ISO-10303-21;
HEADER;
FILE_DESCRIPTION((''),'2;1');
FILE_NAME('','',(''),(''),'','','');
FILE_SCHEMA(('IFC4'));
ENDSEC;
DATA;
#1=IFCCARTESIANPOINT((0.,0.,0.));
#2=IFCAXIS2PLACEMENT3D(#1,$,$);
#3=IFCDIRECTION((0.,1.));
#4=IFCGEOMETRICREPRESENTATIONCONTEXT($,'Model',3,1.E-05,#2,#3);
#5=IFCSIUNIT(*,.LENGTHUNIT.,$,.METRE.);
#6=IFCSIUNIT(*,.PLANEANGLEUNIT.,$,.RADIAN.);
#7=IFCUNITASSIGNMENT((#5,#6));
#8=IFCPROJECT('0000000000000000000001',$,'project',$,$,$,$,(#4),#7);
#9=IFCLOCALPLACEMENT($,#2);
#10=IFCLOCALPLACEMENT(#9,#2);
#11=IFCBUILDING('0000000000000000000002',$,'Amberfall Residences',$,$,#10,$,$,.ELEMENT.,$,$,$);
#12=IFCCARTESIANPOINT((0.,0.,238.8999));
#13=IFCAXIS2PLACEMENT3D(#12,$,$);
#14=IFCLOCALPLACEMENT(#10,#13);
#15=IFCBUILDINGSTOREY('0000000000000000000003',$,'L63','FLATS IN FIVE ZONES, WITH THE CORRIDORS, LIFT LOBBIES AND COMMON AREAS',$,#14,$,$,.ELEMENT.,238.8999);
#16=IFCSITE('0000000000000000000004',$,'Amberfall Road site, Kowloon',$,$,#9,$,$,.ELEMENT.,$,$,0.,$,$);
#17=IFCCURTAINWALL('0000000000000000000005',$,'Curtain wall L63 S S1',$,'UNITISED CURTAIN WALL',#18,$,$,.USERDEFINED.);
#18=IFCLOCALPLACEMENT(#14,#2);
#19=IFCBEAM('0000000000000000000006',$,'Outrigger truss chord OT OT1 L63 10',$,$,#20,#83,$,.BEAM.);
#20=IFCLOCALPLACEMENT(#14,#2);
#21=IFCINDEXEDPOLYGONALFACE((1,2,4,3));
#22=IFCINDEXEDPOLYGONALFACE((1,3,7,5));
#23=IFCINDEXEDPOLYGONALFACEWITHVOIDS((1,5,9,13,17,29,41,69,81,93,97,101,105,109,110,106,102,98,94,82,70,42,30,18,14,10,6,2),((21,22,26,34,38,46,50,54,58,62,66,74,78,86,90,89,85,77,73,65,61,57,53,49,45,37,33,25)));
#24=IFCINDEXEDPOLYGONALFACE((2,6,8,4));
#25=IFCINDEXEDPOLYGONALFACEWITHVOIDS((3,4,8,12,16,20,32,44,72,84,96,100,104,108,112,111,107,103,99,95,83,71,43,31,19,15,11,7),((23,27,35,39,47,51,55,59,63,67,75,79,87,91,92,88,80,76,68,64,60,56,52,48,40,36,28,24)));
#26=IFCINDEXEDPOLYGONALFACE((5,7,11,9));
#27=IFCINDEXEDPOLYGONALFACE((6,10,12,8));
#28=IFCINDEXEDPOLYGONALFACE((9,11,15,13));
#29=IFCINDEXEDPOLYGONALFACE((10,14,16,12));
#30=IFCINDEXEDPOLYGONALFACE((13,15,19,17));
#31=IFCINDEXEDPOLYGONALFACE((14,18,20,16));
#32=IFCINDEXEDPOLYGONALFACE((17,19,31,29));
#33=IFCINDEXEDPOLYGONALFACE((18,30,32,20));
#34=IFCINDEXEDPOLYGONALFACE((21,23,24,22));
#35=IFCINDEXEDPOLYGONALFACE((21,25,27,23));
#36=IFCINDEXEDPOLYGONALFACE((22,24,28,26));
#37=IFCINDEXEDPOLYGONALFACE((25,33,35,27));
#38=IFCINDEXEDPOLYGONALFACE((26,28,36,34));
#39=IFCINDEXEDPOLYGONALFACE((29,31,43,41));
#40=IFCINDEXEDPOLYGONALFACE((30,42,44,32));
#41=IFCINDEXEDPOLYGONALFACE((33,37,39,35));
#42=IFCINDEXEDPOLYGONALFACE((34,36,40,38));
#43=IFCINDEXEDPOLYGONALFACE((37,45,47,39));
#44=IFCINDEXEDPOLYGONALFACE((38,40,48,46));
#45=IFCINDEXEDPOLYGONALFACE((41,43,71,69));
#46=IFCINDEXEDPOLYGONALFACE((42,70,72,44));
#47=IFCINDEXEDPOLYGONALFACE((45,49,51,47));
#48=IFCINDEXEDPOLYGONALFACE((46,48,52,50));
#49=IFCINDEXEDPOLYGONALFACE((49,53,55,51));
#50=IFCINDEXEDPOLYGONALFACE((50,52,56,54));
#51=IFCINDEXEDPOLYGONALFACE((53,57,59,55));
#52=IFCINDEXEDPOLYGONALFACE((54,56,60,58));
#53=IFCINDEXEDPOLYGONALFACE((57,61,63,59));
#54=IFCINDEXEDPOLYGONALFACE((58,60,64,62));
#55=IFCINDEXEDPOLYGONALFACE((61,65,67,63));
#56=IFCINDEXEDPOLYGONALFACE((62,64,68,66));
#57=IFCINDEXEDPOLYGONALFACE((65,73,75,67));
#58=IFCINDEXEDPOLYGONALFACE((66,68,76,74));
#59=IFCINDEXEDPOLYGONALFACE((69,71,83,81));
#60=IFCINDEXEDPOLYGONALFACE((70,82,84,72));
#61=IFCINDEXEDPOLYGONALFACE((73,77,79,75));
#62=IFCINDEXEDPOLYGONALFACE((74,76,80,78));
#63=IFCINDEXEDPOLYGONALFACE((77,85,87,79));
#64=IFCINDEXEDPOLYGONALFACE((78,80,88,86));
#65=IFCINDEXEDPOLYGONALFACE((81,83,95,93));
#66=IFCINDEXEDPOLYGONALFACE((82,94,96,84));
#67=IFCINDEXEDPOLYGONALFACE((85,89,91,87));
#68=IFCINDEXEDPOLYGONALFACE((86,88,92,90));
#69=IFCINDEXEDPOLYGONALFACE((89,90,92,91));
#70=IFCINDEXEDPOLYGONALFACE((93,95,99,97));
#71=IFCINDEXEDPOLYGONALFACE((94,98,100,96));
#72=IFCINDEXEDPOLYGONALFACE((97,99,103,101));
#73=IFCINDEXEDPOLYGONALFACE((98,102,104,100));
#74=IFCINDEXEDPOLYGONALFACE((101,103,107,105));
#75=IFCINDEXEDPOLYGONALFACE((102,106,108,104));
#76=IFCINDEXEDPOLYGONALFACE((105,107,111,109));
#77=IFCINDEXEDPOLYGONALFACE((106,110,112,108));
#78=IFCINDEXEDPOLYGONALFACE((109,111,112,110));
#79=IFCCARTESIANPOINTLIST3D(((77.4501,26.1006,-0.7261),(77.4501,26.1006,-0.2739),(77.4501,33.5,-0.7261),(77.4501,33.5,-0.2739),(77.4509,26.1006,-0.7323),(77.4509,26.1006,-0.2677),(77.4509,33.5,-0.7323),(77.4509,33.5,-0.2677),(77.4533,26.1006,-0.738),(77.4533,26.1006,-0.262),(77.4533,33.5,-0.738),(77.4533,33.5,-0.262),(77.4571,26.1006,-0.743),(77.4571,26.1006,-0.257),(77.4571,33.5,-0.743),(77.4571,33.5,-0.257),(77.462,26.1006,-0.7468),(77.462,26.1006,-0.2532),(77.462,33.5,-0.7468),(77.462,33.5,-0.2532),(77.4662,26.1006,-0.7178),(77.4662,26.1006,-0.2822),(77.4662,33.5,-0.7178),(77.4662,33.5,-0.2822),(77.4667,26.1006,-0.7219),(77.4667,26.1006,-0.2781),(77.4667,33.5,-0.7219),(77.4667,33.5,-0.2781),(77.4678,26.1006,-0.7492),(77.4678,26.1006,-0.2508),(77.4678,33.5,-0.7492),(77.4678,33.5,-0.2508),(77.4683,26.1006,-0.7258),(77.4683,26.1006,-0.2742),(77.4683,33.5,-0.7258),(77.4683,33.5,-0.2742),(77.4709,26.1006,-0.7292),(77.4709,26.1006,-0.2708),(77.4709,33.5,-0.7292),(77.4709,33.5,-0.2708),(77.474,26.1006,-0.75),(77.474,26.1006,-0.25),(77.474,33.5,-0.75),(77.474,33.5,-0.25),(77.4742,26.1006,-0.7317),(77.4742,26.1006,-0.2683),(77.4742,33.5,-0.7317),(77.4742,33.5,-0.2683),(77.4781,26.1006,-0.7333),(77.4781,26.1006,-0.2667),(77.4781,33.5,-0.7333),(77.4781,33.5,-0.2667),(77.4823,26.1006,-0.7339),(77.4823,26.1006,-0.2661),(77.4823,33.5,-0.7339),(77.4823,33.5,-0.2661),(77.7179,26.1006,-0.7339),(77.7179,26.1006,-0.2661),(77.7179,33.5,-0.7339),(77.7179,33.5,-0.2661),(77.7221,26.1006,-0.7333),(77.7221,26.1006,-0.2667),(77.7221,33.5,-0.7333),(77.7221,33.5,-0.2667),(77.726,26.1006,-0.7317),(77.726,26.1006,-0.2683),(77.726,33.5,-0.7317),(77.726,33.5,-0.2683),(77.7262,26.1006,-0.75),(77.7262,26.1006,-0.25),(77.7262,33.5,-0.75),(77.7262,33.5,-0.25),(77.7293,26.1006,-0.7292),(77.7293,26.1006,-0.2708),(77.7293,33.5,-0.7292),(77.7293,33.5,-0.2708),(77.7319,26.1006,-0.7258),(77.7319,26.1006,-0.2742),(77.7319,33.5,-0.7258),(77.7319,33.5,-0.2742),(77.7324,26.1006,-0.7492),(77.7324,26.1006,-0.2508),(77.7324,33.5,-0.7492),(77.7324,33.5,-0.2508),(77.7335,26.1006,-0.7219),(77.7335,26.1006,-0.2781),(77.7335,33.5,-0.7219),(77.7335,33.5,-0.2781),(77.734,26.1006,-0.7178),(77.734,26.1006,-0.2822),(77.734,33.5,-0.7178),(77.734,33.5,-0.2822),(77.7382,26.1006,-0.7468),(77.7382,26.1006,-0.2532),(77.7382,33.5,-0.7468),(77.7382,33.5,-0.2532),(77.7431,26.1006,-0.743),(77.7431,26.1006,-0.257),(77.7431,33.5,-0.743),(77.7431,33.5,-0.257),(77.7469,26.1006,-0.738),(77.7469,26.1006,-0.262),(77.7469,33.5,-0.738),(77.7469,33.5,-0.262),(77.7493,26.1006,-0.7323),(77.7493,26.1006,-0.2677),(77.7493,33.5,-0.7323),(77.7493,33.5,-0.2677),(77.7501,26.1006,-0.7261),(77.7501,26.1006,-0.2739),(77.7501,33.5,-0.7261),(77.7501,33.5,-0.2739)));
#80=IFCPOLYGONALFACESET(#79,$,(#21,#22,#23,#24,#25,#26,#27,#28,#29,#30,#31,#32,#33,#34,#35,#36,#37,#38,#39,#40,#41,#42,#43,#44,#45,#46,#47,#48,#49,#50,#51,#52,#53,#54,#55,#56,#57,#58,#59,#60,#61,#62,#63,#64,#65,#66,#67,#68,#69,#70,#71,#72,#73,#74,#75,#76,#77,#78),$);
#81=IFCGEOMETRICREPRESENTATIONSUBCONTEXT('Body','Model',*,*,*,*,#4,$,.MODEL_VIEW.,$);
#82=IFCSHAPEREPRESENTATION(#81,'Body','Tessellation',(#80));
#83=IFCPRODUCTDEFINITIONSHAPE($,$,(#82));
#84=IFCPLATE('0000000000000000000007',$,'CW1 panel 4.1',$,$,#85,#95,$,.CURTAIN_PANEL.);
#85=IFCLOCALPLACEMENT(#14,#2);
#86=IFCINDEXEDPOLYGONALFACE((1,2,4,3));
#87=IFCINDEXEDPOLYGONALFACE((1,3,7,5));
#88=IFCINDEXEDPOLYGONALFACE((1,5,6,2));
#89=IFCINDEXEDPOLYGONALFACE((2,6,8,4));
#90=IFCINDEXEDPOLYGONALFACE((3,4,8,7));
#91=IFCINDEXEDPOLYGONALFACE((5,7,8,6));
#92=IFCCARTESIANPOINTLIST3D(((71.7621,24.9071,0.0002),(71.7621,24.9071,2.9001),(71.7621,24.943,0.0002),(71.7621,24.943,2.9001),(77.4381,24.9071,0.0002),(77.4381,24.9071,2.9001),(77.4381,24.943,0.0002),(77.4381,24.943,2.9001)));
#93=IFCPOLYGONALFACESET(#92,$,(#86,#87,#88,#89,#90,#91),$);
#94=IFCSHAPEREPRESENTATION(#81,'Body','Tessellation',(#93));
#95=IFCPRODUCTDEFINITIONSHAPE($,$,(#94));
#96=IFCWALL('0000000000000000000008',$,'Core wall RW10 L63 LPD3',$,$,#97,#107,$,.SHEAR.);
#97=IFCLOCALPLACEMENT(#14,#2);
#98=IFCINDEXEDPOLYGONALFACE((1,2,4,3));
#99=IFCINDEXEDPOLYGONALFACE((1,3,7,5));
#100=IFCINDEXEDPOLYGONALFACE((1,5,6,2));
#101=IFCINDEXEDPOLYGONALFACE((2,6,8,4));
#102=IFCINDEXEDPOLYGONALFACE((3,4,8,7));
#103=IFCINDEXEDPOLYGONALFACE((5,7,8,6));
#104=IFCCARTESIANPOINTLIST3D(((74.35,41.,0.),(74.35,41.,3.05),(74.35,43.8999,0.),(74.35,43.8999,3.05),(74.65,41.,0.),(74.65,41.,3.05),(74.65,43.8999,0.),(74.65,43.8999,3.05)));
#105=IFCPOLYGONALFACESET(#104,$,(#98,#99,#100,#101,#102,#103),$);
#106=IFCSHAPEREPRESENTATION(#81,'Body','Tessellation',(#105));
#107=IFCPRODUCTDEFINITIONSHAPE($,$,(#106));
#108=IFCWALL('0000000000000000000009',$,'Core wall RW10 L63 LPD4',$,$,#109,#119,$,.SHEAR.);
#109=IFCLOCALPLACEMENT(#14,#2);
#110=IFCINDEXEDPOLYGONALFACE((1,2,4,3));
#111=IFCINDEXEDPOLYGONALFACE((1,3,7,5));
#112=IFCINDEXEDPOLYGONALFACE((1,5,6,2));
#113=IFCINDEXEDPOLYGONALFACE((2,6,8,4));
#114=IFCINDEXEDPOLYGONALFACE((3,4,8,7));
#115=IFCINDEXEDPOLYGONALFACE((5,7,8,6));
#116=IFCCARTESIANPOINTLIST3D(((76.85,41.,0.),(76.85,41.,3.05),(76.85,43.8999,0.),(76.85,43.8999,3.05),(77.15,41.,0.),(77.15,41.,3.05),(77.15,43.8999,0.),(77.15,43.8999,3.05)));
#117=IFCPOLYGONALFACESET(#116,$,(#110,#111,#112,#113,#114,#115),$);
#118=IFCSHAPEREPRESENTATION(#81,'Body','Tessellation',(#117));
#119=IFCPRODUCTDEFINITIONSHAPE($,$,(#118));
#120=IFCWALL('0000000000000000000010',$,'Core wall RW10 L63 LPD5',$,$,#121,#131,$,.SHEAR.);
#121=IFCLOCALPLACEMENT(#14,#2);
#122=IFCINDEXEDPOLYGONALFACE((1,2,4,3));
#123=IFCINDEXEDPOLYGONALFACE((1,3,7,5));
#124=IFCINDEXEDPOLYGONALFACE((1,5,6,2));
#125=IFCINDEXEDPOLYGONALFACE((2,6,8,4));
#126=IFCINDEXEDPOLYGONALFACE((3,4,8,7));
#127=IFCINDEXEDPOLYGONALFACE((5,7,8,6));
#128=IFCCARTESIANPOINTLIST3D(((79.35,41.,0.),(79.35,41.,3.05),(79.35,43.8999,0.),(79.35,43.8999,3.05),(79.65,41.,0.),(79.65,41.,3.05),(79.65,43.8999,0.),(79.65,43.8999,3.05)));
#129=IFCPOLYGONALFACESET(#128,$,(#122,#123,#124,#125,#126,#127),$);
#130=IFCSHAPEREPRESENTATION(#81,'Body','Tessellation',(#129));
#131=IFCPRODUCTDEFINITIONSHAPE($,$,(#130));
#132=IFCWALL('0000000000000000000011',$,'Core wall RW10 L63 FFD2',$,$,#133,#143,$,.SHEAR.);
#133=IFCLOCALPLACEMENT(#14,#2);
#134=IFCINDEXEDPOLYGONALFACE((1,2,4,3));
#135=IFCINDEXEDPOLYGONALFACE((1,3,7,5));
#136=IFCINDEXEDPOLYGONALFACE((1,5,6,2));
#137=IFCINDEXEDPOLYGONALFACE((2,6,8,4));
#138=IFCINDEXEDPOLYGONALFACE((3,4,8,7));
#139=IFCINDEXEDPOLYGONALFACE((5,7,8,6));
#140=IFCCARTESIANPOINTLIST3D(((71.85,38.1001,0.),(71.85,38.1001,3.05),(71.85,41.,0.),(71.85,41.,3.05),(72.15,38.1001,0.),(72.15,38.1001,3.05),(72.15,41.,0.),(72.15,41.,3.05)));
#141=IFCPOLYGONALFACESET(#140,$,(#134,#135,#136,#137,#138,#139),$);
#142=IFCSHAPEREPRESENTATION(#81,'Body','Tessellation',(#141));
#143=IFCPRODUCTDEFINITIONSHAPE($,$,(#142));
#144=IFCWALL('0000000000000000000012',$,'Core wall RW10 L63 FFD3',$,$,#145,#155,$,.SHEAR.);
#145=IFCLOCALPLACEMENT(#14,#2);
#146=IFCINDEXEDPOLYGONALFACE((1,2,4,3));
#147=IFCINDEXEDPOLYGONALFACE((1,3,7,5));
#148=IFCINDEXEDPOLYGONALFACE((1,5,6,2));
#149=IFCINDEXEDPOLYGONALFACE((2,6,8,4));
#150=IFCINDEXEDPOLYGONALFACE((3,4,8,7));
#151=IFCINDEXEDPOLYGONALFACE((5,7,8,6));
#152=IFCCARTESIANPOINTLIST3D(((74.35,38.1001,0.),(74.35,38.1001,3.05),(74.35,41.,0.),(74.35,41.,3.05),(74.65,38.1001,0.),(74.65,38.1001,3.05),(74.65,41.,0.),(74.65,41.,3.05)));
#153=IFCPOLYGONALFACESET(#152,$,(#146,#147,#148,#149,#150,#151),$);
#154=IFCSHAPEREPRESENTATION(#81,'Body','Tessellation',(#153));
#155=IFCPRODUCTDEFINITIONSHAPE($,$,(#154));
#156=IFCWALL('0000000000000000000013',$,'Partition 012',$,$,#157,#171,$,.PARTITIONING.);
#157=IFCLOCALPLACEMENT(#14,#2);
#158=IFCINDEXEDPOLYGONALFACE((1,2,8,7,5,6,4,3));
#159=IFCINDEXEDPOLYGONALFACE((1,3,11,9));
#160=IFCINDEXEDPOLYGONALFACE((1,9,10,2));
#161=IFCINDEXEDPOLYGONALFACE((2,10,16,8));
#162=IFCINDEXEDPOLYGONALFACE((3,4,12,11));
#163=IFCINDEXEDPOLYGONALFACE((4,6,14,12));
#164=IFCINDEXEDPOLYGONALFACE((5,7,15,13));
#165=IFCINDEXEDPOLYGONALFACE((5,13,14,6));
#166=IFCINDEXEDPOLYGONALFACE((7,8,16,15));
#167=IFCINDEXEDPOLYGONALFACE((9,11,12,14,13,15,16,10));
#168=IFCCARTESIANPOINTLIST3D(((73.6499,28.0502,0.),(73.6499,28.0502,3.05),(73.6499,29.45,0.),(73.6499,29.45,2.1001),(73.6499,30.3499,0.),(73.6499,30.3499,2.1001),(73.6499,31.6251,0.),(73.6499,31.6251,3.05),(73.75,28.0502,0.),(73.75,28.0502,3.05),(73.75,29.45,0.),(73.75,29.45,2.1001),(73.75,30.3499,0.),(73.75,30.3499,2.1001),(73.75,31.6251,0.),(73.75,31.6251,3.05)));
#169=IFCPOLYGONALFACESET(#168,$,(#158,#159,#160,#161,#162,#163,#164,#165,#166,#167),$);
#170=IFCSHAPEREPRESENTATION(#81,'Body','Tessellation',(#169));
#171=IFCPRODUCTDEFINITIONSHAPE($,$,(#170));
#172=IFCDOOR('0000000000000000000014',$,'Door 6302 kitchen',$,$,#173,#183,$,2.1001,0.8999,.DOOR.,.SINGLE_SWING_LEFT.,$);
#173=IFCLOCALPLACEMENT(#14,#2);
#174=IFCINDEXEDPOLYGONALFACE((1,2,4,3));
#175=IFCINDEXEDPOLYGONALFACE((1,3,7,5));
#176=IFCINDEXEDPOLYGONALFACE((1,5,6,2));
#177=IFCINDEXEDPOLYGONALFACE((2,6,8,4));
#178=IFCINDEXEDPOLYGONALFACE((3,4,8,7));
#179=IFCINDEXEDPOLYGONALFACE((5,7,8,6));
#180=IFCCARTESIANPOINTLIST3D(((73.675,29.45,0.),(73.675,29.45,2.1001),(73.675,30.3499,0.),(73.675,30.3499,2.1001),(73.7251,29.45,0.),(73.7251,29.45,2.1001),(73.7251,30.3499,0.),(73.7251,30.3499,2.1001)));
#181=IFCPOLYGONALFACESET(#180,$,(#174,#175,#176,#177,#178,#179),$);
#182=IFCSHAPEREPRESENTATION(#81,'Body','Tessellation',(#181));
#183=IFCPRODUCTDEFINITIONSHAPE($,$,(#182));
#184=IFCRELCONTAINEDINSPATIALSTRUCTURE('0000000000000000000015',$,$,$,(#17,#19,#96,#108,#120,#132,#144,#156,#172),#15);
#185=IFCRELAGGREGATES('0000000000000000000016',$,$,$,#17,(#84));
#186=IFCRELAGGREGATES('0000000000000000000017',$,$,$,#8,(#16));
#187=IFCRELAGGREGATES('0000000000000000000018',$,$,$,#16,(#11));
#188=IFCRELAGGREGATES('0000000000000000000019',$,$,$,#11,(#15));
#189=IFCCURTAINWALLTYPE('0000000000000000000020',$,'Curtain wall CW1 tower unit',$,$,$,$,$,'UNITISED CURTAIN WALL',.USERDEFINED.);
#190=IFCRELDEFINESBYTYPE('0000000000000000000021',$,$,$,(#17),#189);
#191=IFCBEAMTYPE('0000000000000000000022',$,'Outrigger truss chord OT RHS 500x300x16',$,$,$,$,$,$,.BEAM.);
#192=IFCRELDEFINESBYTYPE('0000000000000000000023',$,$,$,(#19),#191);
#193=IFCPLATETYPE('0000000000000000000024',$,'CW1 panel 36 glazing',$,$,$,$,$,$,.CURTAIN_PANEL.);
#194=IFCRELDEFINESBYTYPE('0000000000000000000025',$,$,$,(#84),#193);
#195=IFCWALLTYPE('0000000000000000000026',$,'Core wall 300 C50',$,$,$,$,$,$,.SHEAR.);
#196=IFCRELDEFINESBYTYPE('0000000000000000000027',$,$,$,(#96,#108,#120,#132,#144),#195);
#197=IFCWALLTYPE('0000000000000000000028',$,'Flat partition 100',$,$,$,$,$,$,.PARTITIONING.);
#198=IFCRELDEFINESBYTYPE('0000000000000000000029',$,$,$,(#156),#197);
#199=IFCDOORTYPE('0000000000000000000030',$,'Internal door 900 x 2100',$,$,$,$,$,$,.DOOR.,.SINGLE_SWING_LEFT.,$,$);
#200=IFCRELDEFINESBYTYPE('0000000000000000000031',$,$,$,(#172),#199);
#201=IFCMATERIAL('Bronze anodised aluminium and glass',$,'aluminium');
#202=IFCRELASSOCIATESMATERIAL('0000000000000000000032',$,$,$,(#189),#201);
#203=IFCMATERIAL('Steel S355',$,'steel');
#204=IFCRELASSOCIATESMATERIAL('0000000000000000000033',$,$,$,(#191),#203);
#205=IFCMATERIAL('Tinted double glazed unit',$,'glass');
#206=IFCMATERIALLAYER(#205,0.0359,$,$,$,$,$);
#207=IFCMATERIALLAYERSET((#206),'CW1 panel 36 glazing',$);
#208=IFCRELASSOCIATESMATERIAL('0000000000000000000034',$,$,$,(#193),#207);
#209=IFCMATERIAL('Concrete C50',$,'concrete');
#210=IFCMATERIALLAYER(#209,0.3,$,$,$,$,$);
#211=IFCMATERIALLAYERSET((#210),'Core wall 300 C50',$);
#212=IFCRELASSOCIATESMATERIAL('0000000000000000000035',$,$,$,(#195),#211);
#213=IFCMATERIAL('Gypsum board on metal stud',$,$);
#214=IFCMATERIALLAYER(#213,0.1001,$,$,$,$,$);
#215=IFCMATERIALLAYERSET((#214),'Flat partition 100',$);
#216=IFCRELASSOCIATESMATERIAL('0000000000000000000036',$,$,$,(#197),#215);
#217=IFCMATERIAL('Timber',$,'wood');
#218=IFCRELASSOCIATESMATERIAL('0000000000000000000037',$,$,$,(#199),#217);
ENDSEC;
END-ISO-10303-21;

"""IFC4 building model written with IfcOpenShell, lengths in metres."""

from ifc_helpers import new_model, si_unit, direction, frame, frame_2d, origin, origin_2d, place, context, subcontext, project, spatial, rectangle, hollow_rectangle, extrude, material, layer, layer_set, material_profile, profile_set, type_object, element, fill, aggregate, save


model = new_model("IFC4")

# Units and contexts
model_context = context("Model", 3, precision=1e-05, world=origin(), true_north=direction((0.0, 1.0)))
body_context = subcontext(model_context, "Body", "Model", "MODEL_VIEW")
ifc_project = project(units=[si_unit("LENGTHUNIT", "METRE"), si_unit("PLANEANGLEUNIT", "RADIAN")], contexts=[model_context])

# Site, building, storey
site_placement = place(None, origin())
site = spatial("IfcSite", under=ifc_project, at=site_placement, Name="Amberfall Road site, Kowloon", CompositionType="ELEMENT", RefElevation=0.0)
building_placement = place(site_placement, origin())
building = spatial("IfcBuilding", under=site, at=building_placement, Name="Amberfall Residences", CompositionType="ELEMENT")
storey_placement = place(building_placement, frame((0.0, 0.0, 238.8999)))
storey = spatial("IfcBuildingStorey", under=building, at=storey_placement, Name="L63", Description="FLATS IN FIVE ZONES, WITH THE CORRIDORS, LIFT LOBBIES AND COMMON AREAS", CompositionType="ELEMENT", Elevation=238.8999)

# Shared definitions
ifc_material_1 = material(Name="Concrete C50", Category="concrete")

# Shared definitions
ifc_material_2 = material(Name="Steel S355", Category="steel")

# Curtain wall
ifc_material_3 = material(Name="Bronze anodised aluminium and glass", Category="aluminium")
curtain_wall_type = type_object("IfcCurtainWallType", Name="Curtain wall CW1 tower unit", ElementType="UNITISED CURTAIN WALL", PredefinedType="USERDEFINED", material=ifc_material_3)
curtain_wall_placement = place(storey_placement, origin())
curtain_wall = element("IfcCurtainWall", 1, at=curtain_wall_placement, inside=storey, type_object=curtain_wall_type, Name="Curtain wall L63 S S1", ObjectType="UNITISED CURTAIN WALL", PredefinedType="USERDEFINED")

# Beam
ifc_material_profile_1 = material_profile(ifc_material_2, hollow_rectangle(XDim=0.3, YDim=0.5, WallThickness=0.0161, InnerFilletRadius=0.0161, OuterFilletRadius=0.0239, at=origin_2d()), Name="RHS 500x300x16")
ifc_profile_set_1 = profile_set([ifc_material_profile_1], Name="Steel S355")
beam_type_1 = type_object("IfcBeamType", Name="Outrigger truss chord OT RHS 500x300x16", PredefinedType="BEAM", material=ifc_profile_set_1)
beam_1_placement = place(storey_placement, frame((77.6001, 26.1006, -0.5), z_axis=(0.0, 1.0, 0.0), x_axis=(-1.0, 0.0, 0.0)))
element("IfcBeam", 2, at=beam_1_placement, inside=storey, type_object=beam_type_1, Name="Outrigger truss chord OT OT1 L63 10", PredefinedType="BEAM", context=body_context, shape_type="SweptSolid", body=[
    extrude(hollow_rectangle(XDim=0.3, YDim=0.5, WallThickness=0.0161, InnerFilletRadius=0.0161, OuterFilletRadius=0.0239, at=origin_2d()), origin(), (0.0, 0.0, 1.0), 7.3994),
])

# Plate
ifc_material_4 = material(Name="Tinted double glazed unit", Category="glass")
ifc_layer_1 = layer(ifc_material_4, 0.0359)
ifc_layer_set_1 = layer_set([ifc_layer_1], Name="CW1 panel 36 glazing")
plate_type = type_object("IfcPlateType", Name="CW1 panel 36 glazing", PredefinedType="CURTAIN_PANEL", material=ifc_layer_set_1)
plate_placement = place(storey_placement, frame((74.6001, 24.925, 0.0002), z_axis=(0.0, 0.0, 1.0), x_axis=(1.0, 0.0, 0.0)))
plate = element("IfcPlate", 3, at=plate_placement, type_object=plate_type, Name="CW1 panel 4.1", PredefinedType="CURTAIN_PANEL", context=body_context, shape_type="SweptSolid", body=[
    extrude(rectangle(XDim=5.676, YDim=0.0359, at=origin_2d()), origin(), (0.0, 0.0, 1.0), 2.8999),
])
aggregate(curtain_wall, [plate])

# Walls
ifc_layer_2 = layer(ifc_material_1, 0.3)
ifc_layer_set_2 = layer_set([ifc_layer_2], Name="Core wall 300 C50")
wall_type_1 = type_object("IfcWallType", Name="Core wall 300 C50", PredefinedType="SHEAR", material=ifc_layer_set_2)
for number, where, z_axis, x_axis, name in (
    (4, (74.5, 41.0, 0.0), (0.0, 0.0, 1.0), (0.0, 1.0, 0.0), "Core wall RW10 L63 LPD3"),
    (5, (77.0, 41.0, 0.0), (0.0, 0.0, 1.0), (0.0, 1.0, 0.0), "Core wall RW10 L63 LPD4"),
    (6, (79.5, 41.0, 0.0), (0.0, 0.0, 1.0), (0.0, 1.0, 0.0), "Core wall RW10 L63 LPD5"),
    (7, (72.0, 38.1001, 0.0), (0.0, 0.0, 1.0), (0.0, 1.0, 0.0), "Core wall RW10 L63 FFD2"),
    (8, (74.5, 38.1001, 0.0), (0.0, 0.0, 1.0), (0.0, 1.0, 0.0), "Core wall RW10 L63 FFD3"),
):
    element("IfcWall", number, at=place(storey_placement, frame(where, z_axis=z_axis, x_axis=x_axis)), inside=storey, type_object=wall_type_1, Name=name, PredefinedType="SHEAR", context=body_context, shape_type="SweptSolid", body=[
        extrude(rectangle(XDim=2.8999, YDim=0.3, at=frame_2d((1.45, 0.0))), origin(), (0.0, 0.0, 1.0), 3.05),
    ])

# Wall, opening, door
ifc_material_5 = material(Name="Gypsum board on metal stud")
ifc_layer_3 = layer(ifc_material_5, 0.1001)
ifc_layer_set_3 = layer_set([ifc_layer_3], Name="Flat partition 100")
wall_type_2 = type_object("IfcWallType", Name="Flat partition 100", PredefinedType="PARTITIONING", material=ifc_layer_set_3)
wall_1_placement = place(storey_placement, frame((73.7, 28.05, 0.0), z_axis=(0.0, 0.0, 1.0), x_axis=(0.0, 1.0, 0.0)))
wall_1 = element("IfcWall", 9, at=wall_1_placement, inside=storey, type_object=wall_type_2, Name="Partition 012", PredefinedType="PARTITIONING", context=body_context, shape_type="SweptSolid", body=[
    extrude(rectangle(XDim=3.575, YDim=0.1001, at=frame_2d((1.7876, 0.0))), origin(), (0.0, 0.0, 1.0), 3.05),
])
opening_1_placement = place(wall_1_placement, frame((1.3999, 0.0, 0.0)))
opening_1 = element("IfcOpeningElement", 10, at=opening_1_placement, cuts=wall_1, PredefinedType="OPENING", context=body_context, shape_type="SweptSolid", body=[
    extrude(rectangle(XDim=0.8999, YDim=2.1001, at=frame_2d((0.45, 1.05))), frame((0.0, 0.0601, 0.0), z_axis=(0.0, -1.0, 0.0), x_axis=(1.0, 0.0, 0.0)), (0.0, 0.0, 1.0), 0.1201),
])
ifc_material_6 = material(Name="Timber", Category="wood")
door_type_1 = type_object("IfcDoorType", Name="Internal door 900 x 2100", OperationType="SINGLE_SWING_LEFT", PredefinedType="DOOR", material=ifc_material_6)
door_1_placement = place(opening_1_placement, origin())
door_1 = element("IfcDoor", 11, at=door_1_placement, inside=storey, type_object=door_type_1, Name="Door 6302 kitchen", OperationType="SINGLE_SWING_LEFT", OverallHeight=2.1001, OverallWidth=0.8999, PredefinedType="DOOR", context=body_context, shape_type="SweptSolid", body=[
    extrude(rectangle(XDim=0.8999, YDim=2.1001, at=frame_2d((0.45, 1.05))), frame((0.0, 0.0249, 0.0), z_axis=(0.0, -1.0, 0.0), x_axis=(1.0, 0.0, 0.0)), (0.0, 0.0, 1.0), 0.05),
])
fill(opening_1, door_1)

save(model, "model.ifc")
